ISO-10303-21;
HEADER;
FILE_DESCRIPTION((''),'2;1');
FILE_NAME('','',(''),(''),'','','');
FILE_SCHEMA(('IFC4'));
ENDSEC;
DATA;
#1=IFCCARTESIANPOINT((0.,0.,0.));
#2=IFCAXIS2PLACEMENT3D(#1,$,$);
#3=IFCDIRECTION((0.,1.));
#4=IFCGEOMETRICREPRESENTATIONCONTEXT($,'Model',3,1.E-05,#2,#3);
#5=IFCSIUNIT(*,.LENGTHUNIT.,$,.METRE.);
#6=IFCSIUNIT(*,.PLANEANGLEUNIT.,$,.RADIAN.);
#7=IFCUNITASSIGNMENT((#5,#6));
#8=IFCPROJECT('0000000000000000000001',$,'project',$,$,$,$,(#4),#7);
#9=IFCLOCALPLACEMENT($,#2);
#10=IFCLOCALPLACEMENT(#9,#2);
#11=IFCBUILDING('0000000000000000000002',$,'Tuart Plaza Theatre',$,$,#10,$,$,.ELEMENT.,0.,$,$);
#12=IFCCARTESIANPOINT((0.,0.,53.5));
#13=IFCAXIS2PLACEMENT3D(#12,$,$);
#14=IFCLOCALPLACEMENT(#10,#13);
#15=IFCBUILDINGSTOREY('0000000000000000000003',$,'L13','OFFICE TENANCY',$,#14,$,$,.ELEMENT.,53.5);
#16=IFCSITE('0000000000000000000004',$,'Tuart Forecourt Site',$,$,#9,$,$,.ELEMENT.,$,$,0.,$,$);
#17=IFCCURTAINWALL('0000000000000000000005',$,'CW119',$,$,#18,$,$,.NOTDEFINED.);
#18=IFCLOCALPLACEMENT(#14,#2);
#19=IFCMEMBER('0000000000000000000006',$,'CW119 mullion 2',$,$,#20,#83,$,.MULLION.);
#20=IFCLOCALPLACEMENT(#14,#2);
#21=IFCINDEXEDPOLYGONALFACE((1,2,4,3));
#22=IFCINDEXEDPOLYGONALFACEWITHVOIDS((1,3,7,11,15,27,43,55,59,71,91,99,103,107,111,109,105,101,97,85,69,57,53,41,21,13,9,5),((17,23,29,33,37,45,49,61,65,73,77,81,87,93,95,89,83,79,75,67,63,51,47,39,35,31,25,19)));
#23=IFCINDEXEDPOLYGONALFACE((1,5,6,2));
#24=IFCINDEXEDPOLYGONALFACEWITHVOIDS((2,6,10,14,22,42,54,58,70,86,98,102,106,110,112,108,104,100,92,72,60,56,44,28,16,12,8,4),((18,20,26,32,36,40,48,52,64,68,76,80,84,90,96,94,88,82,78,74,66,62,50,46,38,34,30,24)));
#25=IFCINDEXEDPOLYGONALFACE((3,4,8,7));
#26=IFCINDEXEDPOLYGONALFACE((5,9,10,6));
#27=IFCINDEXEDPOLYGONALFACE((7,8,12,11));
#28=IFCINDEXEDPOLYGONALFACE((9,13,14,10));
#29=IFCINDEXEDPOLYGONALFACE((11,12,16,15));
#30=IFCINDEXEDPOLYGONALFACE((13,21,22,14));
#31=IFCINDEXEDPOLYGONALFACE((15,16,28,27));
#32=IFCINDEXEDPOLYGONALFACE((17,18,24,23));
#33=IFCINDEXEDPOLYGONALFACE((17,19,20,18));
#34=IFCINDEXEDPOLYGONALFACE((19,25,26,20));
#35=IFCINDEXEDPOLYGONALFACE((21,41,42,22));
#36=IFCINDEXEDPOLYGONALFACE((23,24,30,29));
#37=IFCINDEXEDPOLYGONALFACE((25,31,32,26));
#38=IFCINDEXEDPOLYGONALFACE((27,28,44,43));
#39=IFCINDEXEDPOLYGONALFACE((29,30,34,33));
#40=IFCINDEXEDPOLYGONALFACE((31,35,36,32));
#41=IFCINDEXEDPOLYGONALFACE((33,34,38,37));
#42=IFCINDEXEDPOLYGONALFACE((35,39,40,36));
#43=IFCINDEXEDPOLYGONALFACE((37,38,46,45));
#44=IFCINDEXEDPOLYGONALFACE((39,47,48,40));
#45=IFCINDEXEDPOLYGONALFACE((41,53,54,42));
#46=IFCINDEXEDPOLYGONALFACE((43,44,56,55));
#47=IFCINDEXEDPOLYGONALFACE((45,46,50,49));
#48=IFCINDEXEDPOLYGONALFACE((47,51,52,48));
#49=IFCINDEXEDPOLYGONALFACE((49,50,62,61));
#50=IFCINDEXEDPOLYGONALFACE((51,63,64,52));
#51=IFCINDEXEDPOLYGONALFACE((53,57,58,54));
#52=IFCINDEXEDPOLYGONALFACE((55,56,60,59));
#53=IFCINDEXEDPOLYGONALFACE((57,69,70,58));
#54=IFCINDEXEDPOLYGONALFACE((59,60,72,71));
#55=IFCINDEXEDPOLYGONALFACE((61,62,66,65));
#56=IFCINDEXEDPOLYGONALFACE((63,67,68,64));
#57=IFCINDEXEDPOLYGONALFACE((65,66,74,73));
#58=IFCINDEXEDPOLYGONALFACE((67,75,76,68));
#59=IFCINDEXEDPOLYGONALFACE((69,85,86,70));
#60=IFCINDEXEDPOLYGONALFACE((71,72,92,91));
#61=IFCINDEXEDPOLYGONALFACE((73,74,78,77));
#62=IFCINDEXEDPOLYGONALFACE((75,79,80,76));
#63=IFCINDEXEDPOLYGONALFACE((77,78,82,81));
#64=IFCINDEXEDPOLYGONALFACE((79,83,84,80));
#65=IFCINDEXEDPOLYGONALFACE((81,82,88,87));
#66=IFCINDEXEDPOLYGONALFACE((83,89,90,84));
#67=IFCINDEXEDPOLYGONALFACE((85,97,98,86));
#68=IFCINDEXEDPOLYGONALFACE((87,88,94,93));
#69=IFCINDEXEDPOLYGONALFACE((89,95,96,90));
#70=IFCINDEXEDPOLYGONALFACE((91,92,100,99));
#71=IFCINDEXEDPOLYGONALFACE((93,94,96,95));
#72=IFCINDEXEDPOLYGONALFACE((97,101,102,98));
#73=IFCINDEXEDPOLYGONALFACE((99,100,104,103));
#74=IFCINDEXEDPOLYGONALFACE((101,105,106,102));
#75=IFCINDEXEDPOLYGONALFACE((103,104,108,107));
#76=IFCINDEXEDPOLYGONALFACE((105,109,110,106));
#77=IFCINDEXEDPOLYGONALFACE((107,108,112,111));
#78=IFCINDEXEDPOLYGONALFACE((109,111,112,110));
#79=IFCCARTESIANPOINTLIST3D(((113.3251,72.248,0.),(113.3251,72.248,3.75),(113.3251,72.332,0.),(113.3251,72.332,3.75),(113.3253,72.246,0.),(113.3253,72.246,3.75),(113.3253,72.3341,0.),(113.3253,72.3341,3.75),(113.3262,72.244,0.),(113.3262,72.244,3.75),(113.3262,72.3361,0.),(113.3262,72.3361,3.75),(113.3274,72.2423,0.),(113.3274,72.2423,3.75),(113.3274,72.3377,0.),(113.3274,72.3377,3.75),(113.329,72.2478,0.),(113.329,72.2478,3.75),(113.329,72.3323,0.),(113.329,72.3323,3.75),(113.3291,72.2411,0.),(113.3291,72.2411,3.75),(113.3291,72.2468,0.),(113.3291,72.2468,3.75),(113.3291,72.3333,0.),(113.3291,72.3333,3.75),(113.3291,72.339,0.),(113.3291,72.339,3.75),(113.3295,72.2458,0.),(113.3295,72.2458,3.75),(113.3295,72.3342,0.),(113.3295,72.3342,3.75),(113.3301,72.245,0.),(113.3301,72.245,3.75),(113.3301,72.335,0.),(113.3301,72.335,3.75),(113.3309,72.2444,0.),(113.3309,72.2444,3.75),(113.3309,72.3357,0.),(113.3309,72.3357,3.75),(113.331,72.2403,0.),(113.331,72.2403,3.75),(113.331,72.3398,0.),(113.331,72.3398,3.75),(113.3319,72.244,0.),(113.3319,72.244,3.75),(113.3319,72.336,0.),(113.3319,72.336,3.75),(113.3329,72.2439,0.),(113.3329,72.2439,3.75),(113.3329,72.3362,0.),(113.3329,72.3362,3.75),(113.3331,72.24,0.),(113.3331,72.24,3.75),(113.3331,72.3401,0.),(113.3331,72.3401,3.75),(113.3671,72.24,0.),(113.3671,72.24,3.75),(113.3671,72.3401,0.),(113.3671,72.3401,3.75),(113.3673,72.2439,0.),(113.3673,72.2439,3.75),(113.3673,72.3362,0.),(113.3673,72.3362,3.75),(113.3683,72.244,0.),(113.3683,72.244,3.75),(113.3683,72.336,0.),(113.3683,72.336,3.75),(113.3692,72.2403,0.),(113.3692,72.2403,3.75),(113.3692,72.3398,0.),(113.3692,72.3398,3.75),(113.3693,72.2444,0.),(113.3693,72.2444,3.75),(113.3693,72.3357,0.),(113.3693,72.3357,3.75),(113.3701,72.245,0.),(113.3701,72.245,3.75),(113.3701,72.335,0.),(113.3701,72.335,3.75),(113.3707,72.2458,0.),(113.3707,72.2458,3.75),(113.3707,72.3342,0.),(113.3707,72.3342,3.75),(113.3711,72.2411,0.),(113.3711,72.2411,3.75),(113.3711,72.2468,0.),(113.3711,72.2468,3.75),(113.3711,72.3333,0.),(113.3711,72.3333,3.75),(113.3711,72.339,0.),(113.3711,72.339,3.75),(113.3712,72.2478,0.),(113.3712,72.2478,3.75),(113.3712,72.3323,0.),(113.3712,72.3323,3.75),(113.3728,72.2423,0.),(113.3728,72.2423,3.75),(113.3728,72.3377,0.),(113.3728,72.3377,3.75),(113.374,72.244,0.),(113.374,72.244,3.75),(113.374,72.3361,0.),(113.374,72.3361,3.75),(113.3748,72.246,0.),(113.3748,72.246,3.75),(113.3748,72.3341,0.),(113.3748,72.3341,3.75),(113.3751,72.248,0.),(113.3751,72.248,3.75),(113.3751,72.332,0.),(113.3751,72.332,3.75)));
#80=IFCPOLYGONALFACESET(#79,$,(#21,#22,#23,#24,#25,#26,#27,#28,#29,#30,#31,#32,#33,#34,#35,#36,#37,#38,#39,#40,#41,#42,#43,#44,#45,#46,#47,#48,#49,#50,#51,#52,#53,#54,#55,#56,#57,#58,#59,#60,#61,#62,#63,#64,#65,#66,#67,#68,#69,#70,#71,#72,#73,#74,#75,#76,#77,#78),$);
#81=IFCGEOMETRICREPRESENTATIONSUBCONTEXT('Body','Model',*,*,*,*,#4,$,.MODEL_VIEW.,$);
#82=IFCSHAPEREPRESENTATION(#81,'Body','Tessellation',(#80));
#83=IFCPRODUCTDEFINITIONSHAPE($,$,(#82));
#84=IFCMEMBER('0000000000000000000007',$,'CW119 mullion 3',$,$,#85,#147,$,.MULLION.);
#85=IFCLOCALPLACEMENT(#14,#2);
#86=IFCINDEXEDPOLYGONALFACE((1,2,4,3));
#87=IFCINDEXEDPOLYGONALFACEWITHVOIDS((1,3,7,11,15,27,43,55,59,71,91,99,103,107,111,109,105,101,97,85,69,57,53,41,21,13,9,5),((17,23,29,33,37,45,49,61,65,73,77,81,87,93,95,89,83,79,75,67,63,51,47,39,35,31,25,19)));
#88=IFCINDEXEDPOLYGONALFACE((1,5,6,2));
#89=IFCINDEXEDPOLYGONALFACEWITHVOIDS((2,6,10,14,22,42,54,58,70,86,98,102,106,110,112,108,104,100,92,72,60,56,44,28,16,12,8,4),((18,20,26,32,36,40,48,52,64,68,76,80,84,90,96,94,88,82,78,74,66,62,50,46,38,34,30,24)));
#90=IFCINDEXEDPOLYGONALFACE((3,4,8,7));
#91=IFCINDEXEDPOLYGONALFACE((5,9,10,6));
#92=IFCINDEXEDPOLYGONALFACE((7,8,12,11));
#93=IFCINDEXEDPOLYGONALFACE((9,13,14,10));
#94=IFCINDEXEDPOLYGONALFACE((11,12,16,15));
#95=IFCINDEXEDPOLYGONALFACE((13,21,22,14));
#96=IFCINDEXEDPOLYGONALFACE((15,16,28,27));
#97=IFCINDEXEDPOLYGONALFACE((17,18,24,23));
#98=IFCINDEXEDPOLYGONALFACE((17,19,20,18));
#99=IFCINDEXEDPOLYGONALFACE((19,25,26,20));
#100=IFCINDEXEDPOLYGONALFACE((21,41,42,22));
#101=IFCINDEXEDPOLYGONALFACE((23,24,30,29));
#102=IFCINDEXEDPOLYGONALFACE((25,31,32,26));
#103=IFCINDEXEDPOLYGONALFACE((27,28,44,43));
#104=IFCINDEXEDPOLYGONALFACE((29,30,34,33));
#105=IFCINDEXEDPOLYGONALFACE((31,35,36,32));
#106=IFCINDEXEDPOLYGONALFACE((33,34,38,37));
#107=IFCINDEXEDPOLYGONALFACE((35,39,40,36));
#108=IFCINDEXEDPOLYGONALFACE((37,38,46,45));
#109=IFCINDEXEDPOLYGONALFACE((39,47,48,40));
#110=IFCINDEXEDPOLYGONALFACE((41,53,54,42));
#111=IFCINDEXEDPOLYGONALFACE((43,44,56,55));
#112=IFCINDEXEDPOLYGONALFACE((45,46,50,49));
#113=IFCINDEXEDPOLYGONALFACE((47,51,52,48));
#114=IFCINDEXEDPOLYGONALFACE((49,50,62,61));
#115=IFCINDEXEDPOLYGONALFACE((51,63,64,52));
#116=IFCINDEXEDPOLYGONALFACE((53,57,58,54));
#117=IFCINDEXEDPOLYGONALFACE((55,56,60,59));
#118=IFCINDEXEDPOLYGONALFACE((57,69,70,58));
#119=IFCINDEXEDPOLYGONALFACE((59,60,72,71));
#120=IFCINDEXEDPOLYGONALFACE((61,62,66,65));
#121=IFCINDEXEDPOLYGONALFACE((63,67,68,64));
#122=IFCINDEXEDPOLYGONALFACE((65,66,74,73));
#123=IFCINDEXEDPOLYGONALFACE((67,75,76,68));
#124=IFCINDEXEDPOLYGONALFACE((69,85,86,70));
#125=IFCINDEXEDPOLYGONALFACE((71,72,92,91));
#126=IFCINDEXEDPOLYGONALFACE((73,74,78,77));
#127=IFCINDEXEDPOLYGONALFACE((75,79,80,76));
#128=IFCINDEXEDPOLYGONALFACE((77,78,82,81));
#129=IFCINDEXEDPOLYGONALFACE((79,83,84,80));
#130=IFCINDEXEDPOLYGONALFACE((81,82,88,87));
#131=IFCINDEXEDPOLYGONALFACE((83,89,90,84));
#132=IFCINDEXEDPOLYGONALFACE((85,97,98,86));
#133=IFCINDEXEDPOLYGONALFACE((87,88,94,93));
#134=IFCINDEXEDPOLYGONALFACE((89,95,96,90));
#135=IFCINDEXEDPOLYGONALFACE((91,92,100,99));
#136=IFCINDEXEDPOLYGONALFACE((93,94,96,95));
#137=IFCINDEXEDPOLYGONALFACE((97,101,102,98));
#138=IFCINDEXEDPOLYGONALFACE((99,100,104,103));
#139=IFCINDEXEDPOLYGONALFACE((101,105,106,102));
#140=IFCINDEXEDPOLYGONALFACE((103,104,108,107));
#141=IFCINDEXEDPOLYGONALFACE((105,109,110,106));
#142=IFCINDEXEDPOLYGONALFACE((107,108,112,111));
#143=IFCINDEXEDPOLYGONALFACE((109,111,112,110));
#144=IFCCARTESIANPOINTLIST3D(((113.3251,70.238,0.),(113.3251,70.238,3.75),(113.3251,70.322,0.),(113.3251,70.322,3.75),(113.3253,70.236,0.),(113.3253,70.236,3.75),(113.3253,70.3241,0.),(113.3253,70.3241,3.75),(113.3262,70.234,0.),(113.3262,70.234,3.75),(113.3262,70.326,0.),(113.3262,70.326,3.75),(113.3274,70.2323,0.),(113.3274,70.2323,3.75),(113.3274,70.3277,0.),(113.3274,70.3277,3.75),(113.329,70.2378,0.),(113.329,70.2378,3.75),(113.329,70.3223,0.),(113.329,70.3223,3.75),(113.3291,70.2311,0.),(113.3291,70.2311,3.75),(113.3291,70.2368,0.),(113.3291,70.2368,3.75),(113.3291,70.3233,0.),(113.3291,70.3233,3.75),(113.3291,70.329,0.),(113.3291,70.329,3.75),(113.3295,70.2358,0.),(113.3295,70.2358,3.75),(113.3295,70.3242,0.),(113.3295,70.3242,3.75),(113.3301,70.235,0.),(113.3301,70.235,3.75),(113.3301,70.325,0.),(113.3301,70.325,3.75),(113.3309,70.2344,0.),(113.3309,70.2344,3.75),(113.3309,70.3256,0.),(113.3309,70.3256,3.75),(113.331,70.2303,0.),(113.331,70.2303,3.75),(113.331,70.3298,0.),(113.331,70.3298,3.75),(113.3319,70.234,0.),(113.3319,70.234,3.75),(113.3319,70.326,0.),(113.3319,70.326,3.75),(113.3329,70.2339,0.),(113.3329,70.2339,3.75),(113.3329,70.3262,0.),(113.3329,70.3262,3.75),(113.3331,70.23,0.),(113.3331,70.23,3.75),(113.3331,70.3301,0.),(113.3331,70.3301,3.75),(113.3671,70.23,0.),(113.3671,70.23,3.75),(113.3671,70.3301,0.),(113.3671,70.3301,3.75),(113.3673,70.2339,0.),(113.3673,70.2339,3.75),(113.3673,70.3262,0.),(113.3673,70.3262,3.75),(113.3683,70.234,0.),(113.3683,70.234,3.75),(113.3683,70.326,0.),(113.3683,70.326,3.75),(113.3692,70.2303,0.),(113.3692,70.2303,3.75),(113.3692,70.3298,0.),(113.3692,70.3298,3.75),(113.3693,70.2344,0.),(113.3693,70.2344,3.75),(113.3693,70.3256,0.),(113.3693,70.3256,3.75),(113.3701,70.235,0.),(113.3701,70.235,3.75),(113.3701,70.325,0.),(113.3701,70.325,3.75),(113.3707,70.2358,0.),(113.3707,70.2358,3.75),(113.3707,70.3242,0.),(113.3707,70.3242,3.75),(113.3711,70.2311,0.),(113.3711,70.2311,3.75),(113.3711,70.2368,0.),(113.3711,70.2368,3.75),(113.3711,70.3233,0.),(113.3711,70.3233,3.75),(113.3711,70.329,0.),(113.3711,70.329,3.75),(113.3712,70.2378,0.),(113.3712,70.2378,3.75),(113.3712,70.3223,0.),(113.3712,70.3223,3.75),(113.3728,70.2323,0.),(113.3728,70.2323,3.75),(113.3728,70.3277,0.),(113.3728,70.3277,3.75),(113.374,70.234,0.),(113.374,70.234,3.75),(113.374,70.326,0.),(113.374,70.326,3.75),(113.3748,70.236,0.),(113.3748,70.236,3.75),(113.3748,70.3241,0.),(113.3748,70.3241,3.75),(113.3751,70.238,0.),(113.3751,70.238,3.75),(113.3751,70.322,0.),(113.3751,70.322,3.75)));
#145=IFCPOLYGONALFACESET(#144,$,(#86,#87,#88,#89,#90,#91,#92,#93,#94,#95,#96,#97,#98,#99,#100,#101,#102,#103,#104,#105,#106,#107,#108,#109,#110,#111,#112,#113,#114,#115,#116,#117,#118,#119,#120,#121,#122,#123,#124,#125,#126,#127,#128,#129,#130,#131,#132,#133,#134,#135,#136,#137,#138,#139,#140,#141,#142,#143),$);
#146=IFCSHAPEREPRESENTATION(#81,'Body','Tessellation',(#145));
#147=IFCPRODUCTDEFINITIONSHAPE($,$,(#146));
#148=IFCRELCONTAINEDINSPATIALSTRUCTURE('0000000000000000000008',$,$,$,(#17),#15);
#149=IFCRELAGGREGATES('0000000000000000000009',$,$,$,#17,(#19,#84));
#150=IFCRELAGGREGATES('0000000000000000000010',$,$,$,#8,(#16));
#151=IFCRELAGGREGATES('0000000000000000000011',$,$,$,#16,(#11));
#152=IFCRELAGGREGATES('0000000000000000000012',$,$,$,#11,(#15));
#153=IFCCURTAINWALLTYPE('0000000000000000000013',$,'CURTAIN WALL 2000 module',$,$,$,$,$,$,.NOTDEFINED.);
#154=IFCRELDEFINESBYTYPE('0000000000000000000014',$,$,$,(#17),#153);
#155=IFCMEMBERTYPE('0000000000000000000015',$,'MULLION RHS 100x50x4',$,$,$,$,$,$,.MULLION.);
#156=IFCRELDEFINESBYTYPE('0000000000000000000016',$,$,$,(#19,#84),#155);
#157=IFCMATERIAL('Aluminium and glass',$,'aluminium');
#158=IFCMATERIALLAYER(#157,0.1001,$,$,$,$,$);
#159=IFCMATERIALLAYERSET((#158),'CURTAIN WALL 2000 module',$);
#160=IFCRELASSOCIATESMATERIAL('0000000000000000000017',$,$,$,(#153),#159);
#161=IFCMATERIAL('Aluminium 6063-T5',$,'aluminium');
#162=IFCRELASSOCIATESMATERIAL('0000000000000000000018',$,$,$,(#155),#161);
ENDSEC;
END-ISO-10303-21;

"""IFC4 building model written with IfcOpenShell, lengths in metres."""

from ifc_helpers import new_model, si_unit, direction, frame, origin, origin_2d, place, context, subcontext, project, spatial, hollow_rectangle, extrude, material, layer, layer_set, material_profile, profile_set, type_object, element, aggregate, save


model = new_model("IFC4")

# Units and contexts
model_context = context("Model", 3, precision=1e-05, world=origin(), true_north=direction((0.0, 1.0)))
body_context = subcontext(model_context, "Body", "Model", "MODEL_VIEW")
ifc_project = project(units=[si_unit("LENGTHUNIT", "METRE"), si_unit("PLANEANGLEUNIT", "RADIAN")], contexts=[model_context])

# Site, building, storey
site_placement = place(None, origin())
site = spatial("IfcSite", under=ifc_project, at=site_placement, Name="Tuart Forecourt Site", CompositionType="ELEMENT", RefElevation=0.0)
building_placement = place(site_placement, origin())
building = spatial("IfcBuilding", under=site, at=building_placement, Name="Tuart Plaza Theatre", CompositionType="ELEMENT", ElevationOfRefHeight=0.0)
storey_placement = place(building_placement, frame((0.0, 0.0, 53.5)))
storey = spatial("IfcBuildingStorey", under=building, at=storey_placement, Name="L13", Description="OFFICE TENANCY", CompositionType="ELEMENT", Elevation=53.5)

# Curtain wall, members
ifc_material_1 = material(Name="Aluminium and glass", Category="aluminium")
ifc_layer_1 = layer(ifc_material_1, 0.1001)
ifc_layer_set_1 = layer_set([ifc_layer_1], Name="CURTAIN WALL 2000 module")
curtain_wall_type = type_object("IfcCurtainWallType", Name="CURTAIN WALL 2000 module", PredefinedType="NOTDEFINED", material=ifc_layer_set_1)
curtain_wall_1_placement = place(storey_placement, origin())
curtain_wall_1 = element("IfcCurtainWall", 1, at=curtain_wall_1_placement, inside=storey, type_object=curtain_wall_type, Name="CW119", PredefinedType="NOTDEFINED")
ifc_material_2 = material(Name="Aluminium 6063-T5", Category="aluminium")
ifc_material_profile_1 = material_profile(ifc_material_2, hollow_rectangle(XDim=0.05, YDim=0.1001, WallThickness=0.0039, InnerFilletRadius=0.0039, OuterFilletRadius=0.0081, at=origin_2d()), Name="RHS 100x50x4")
ifc_profile_set_1 = profile_set([ifc_material_profile_1], Name="Aluminium 6063-T5")
member_type_1 = type_object("IfcMemberType", Name="MULLION RHS 100x50x4", PredefinedType="MULLION", material=ifc_profile_set_1)
member_1_placement = place(storey_placement, frame((113.3501, 72.29, 0.0), z_axis=(0.0, 0.0, 1.0), x_axis=(1.0, 0.0, 0.0)))
member_1 = element("IfcMember", 2, at=member_1_placement, type_object=member_type_1, Name="CW119 mullion 2", PredefinedType="MULLION", context=body_context, shape_type="SweptSolid", body=[
    extrude(hollow_rectangle(XDim=0.05, YDim=0.1001, WallThickness=0.0039, InnerFilletRadius=0.0039, OuterFilletRadius=0.0081, at=origin_2d()), origin(), (0.0, 0.0, 1.0), 3.75),
])
member_2_placement = place(storey_placement, frame((113.3501, 70.28, 0.0), z_axis=(0.0, 0.0, 1.0), x_axis=(1.0, 0.0, 0.0)))
member_2 = element("IfcMember", 3, at=member_2_placement, type_object=member_type_1, Name="CW119 mullion 3", PredefinedType="MULLION", context=body_context, shape_type="SweptSolid", body=[
    extrude(hollow_rectangle(XDim=0.05, YDim=0.1001, WallThickness=0.0039, InnerFilletRadius=0.0039, OuterFilletRadius=0.0081, at=origin_2d()), origin(), (0.0, 0.0, 1.0), 3.75),
])

aggregate(curtain_wall_1, [member_1, member_2])

save(model, "model.ifc")
